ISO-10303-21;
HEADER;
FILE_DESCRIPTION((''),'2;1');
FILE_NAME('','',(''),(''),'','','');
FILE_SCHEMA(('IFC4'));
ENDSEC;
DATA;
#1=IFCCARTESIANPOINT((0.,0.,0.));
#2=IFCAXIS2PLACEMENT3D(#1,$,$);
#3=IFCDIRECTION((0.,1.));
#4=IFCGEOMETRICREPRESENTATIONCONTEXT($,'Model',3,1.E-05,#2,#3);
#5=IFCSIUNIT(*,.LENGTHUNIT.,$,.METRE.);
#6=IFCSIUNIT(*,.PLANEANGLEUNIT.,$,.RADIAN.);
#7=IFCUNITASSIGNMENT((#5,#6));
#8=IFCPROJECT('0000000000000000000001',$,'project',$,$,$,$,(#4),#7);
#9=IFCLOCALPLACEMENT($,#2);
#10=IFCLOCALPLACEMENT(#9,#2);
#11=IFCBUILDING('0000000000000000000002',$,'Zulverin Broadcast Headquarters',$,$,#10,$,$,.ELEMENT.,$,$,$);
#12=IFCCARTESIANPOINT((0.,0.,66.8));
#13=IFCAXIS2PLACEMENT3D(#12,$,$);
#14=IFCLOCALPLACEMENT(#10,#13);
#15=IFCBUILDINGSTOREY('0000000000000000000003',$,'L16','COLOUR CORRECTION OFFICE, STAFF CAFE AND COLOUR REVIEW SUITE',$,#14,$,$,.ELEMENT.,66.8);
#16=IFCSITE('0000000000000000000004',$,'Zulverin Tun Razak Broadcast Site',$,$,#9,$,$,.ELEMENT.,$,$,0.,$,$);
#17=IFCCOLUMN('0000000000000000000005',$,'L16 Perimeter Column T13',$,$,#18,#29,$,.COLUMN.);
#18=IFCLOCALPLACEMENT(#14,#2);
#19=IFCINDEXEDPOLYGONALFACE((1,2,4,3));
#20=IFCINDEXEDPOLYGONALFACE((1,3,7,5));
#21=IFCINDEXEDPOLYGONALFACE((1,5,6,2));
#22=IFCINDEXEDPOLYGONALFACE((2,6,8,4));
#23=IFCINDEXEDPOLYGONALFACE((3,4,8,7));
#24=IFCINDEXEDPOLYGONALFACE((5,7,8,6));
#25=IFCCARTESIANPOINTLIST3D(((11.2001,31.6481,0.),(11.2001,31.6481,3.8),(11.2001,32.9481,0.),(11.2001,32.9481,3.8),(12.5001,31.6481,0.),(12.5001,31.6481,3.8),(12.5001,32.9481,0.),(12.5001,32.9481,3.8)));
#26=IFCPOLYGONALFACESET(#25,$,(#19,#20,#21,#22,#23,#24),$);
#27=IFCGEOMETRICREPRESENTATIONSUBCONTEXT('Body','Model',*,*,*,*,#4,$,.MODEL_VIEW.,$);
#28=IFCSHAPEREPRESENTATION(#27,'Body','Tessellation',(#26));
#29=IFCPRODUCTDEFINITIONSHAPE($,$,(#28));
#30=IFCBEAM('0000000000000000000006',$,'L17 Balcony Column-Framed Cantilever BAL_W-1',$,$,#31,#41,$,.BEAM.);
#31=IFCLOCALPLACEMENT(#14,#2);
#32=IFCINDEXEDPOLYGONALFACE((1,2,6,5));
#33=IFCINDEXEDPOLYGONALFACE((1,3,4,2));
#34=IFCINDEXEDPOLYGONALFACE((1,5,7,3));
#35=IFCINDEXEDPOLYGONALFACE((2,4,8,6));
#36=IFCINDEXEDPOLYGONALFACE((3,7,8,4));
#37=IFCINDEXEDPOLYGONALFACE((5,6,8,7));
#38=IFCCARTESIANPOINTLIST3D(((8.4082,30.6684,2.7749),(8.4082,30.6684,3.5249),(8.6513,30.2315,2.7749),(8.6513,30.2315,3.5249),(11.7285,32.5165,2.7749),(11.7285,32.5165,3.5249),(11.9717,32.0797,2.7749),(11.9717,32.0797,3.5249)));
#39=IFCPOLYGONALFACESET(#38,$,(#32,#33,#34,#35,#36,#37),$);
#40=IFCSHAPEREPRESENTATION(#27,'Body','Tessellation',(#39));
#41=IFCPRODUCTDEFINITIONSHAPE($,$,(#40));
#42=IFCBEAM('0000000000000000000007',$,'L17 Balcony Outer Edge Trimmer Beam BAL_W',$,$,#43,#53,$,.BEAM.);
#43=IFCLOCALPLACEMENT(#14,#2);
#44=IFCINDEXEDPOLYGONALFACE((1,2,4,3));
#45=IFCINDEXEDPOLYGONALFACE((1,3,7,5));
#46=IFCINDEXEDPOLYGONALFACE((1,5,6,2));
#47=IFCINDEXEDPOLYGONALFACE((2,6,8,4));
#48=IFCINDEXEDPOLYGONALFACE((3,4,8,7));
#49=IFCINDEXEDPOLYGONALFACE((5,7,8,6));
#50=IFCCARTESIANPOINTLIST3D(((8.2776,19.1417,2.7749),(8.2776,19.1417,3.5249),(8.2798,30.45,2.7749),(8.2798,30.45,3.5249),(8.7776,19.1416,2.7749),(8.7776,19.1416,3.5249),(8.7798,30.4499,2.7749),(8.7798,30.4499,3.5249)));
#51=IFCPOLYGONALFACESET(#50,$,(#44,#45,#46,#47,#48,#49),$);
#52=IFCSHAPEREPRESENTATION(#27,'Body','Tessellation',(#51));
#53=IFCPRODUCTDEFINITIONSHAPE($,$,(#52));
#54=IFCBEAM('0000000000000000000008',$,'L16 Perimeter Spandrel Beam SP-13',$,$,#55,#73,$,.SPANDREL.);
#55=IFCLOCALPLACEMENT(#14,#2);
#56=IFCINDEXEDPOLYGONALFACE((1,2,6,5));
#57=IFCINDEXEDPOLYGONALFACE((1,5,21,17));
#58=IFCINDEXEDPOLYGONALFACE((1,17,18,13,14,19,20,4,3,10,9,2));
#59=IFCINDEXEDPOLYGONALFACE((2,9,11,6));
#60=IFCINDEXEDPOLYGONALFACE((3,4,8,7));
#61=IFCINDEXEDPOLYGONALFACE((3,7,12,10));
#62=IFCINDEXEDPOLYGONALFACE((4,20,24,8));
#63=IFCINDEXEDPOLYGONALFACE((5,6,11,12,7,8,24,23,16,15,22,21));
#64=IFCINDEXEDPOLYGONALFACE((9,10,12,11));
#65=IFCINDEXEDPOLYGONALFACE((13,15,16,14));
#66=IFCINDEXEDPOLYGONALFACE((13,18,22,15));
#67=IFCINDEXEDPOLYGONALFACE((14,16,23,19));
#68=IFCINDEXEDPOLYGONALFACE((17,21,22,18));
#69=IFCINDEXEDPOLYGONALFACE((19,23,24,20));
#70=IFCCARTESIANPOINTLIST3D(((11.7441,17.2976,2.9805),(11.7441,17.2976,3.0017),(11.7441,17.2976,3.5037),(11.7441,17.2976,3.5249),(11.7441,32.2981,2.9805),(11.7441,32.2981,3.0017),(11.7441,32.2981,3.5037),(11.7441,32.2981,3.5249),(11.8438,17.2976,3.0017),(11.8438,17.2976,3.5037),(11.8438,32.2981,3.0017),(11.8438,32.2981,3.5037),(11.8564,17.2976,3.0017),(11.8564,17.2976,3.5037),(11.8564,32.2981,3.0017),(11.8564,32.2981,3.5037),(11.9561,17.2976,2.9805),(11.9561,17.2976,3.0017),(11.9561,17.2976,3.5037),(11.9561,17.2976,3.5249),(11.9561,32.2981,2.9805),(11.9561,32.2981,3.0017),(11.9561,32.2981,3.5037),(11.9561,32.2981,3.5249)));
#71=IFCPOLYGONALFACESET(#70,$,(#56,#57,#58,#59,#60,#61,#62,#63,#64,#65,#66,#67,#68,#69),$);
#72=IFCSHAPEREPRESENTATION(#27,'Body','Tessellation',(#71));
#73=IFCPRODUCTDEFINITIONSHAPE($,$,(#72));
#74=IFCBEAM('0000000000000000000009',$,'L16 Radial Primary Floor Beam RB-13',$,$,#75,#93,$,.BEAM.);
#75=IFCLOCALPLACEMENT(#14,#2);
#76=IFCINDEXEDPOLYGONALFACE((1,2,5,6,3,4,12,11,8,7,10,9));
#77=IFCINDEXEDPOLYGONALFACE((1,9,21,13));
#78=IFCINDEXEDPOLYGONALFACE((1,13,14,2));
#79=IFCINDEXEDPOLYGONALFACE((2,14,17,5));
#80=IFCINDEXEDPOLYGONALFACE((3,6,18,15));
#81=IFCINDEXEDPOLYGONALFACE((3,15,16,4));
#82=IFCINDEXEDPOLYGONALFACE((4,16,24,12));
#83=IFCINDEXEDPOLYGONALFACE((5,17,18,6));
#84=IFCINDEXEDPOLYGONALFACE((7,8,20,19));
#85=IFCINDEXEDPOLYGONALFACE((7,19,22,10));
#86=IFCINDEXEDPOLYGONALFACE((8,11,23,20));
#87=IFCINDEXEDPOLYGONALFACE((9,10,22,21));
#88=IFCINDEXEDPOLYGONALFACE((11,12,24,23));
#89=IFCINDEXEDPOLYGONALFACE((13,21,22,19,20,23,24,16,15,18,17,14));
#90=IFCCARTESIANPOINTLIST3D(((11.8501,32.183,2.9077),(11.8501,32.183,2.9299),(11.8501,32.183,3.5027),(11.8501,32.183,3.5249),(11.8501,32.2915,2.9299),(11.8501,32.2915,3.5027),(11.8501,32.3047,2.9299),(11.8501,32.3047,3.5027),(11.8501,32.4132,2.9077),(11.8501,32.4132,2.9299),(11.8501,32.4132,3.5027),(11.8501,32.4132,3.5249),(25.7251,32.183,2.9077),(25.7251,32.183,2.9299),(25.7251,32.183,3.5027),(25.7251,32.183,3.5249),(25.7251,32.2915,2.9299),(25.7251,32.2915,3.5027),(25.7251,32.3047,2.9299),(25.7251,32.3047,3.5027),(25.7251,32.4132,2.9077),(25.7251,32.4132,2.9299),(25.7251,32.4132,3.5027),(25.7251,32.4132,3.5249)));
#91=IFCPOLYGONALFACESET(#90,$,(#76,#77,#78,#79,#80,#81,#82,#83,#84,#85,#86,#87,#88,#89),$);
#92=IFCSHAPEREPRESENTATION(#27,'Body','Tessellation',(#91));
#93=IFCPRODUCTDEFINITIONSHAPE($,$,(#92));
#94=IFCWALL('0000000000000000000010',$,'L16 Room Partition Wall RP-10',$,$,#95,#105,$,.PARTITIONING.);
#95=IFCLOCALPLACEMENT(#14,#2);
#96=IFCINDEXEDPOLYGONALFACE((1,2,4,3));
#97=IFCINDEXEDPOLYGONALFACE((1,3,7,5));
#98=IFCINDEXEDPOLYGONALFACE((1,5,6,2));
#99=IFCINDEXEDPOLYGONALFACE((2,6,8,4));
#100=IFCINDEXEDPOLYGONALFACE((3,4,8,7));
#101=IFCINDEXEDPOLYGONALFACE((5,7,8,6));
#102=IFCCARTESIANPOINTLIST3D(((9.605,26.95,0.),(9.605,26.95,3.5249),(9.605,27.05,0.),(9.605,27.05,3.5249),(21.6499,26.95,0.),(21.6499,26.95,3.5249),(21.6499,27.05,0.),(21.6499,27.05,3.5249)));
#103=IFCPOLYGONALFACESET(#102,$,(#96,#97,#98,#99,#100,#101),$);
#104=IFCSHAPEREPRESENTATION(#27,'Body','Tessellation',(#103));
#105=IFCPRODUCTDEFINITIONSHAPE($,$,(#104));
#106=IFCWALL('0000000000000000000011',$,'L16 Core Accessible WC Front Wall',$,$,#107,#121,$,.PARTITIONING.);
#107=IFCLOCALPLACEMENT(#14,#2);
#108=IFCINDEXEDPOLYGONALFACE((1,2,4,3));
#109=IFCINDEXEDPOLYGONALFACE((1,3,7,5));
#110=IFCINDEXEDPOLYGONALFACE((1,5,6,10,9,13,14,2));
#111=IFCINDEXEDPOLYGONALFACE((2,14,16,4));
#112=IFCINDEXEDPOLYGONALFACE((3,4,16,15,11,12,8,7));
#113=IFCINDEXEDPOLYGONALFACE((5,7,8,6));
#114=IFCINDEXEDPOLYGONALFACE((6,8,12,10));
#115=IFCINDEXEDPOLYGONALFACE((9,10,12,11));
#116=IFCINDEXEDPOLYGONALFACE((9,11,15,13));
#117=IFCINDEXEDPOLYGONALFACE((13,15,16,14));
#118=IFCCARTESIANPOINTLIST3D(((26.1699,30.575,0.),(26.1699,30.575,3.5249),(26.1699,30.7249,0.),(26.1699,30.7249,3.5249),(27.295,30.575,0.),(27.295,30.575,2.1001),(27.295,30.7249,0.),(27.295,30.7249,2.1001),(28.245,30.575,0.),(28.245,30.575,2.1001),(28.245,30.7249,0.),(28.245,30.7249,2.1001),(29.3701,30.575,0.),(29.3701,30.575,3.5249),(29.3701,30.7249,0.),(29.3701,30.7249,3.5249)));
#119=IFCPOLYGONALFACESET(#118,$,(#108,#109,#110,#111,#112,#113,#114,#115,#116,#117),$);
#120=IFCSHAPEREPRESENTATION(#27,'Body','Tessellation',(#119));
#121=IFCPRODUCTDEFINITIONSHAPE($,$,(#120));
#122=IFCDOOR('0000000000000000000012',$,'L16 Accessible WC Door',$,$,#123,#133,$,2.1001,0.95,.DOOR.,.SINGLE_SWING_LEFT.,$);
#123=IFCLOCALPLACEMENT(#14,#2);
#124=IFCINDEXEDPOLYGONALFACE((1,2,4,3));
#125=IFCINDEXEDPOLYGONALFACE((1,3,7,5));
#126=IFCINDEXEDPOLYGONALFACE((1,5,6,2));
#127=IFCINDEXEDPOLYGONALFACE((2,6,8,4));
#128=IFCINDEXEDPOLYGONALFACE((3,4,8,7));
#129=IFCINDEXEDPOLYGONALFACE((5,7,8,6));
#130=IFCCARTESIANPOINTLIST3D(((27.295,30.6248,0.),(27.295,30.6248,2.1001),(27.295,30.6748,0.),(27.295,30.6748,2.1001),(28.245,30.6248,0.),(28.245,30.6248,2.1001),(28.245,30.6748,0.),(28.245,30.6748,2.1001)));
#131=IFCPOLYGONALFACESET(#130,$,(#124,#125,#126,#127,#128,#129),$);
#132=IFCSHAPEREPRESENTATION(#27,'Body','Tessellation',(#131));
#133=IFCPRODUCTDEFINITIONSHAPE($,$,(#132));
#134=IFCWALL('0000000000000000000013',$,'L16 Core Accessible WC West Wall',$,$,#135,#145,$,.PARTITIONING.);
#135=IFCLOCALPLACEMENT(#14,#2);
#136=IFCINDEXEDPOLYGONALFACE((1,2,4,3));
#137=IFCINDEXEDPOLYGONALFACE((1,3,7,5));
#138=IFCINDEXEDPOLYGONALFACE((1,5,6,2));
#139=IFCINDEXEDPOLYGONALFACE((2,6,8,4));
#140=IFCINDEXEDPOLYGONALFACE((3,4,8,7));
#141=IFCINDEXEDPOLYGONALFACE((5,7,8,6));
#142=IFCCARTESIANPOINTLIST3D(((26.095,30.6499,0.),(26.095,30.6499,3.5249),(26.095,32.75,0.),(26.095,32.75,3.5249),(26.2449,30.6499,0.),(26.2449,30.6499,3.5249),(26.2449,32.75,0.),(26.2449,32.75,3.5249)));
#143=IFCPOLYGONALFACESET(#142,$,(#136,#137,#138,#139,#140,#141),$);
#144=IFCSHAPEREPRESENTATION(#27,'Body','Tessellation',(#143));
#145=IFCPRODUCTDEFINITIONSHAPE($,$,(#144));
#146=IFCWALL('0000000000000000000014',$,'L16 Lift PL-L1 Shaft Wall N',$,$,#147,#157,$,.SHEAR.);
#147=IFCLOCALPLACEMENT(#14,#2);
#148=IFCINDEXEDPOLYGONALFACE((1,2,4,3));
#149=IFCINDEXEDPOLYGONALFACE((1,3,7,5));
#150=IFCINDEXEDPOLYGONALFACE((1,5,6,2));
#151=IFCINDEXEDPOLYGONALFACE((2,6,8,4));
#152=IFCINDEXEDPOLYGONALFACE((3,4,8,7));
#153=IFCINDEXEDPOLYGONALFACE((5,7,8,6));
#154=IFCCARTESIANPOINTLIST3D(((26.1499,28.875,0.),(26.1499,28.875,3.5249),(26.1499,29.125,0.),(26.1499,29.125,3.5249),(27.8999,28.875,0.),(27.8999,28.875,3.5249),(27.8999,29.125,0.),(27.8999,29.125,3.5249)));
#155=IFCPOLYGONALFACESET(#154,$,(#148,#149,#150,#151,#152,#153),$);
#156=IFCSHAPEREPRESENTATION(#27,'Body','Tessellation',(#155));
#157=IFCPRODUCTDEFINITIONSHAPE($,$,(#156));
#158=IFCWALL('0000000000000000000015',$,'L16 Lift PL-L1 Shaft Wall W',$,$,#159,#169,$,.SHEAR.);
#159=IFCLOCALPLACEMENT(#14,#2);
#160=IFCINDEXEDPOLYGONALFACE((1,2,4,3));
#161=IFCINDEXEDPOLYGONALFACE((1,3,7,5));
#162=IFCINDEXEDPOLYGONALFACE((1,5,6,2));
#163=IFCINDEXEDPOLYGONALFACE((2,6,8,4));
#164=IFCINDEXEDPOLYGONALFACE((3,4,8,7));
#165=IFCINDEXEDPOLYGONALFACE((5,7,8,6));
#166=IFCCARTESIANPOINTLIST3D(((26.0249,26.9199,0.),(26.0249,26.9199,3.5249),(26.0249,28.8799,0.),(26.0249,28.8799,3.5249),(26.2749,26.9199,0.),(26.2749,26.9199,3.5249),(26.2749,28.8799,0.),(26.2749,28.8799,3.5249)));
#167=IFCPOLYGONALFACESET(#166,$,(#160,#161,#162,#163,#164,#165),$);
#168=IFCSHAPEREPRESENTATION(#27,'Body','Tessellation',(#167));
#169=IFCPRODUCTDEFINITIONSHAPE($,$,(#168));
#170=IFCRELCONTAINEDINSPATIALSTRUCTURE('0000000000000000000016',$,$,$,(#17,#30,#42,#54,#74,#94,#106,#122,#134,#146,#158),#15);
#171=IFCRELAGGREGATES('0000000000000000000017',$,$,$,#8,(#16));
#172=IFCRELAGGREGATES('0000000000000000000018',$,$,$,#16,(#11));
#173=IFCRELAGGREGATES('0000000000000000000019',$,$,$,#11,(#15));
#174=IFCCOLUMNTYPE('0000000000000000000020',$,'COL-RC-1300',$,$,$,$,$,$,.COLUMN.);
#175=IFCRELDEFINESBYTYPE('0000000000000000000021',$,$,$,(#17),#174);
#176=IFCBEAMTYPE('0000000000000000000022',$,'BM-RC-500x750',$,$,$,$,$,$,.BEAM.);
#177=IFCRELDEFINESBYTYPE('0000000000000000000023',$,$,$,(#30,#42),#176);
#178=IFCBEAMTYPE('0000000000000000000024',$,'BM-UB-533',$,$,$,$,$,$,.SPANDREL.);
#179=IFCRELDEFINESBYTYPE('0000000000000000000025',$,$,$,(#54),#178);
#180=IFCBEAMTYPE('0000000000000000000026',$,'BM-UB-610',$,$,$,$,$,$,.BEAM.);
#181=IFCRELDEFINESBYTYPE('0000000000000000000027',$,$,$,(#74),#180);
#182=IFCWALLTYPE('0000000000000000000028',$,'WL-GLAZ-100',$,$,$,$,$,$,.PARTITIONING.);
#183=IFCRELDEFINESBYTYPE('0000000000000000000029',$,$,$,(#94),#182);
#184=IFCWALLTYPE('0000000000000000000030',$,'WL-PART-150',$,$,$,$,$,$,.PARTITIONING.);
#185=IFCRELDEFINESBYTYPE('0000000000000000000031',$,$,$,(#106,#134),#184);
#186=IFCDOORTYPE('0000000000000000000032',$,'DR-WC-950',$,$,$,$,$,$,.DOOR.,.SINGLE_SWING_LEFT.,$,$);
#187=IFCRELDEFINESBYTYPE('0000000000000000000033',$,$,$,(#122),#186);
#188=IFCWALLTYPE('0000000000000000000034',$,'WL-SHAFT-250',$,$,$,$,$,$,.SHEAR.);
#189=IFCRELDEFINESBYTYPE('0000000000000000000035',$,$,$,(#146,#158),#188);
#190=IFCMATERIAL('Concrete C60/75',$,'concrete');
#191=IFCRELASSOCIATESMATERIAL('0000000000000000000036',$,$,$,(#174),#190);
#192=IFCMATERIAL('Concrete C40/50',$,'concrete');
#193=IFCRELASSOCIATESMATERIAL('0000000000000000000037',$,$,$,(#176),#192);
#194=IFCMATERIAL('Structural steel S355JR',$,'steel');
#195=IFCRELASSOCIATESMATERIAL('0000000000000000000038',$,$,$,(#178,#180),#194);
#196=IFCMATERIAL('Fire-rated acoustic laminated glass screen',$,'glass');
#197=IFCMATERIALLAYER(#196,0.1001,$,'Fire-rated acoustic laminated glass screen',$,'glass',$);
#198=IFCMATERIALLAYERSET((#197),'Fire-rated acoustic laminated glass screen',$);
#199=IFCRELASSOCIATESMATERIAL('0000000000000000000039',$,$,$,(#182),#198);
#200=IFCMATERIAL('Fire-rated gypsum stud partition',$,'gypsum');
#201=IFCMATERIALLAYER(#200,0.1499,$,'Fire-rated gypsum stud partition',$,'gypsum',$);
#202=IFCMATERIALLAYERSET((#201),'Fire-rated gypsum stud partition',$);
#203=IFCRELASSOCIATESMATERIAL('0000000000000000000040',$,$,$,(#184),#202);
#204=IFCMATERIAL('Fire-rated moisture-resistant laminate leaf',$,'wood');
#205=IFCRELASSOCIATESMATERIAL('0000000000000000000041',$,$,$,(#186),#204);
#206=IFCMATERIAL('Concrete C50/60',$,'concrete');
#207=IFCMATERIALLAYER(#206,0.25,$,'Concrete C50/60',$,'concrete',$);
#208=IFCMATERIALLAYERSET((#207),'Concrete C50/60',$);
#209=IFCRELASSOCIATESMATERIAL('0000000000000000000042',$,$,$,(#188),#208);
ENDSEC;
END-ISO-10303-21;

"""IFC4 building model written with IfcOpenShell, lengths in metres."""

from ifc_helpers import new_model, si_unit, direction, frame, frame_2d, origin, origin_2d, place, context, subcontext, project, spatial, rectangle, i_section, extrude, material, layer, layer_set, material_profile, profile_set, type_object, element, fill, save


model = new_model("IFC4")

# Units and contexts
model_context = context("Model", 3, precision=1e-05, world=origin(), true_north=direction((0.0, 1.0)))
body_context = subcontext(model_context, "Body", "Model", "MODEL_VIEW")
ifc_project = project(units=[si_unit("LENGTHUNIT", "METRE"), si_unit("PLANEANGLEUNIT", "RADIAN")], contexts=[model_context])

# Site, building, storey
site_placement = place(None, origin())
site = spatial("IfcSite", under=ifc_project, at=site_placement, Name="Zulverin Tun Razak Broadcast Site", CompositionType="ELEMENT", RefElevation=0.0)
building_placement = place(site_placement, origin())
building = spatial("IfcBuilding", under=site, at=building_placement, Name="Zulverin Broadcast Headquarters", CompositionType="ELEMENT")
storey_placement = place(building_placement, frame((0.0, 0.0, 66.8)))
storey = spatial("IfcBuildingStorey", under=building, at=storey_placement, Name="L16", Description="COLOUR CORRECTION OFFICE, STAFF CAFE AND COLOUR REVIEW SUITE", CompositionType="ELEMENT", Elevation=66.8)

# Column
ifc_material_1 = material(Name="Concrete C60/75", Category="concrete")
ifc_material_profile_1 = material_profile(ifc_material_1, rectangle(XDim=1.3, YDim=1.3, at=origin_2d()), Name="Concrete C60/75", Category="concrete")
ifc_profile_set_1 = profile_set([ifc_material_profile_1], Name="Concrete C60/75")
column_type = type_object("IfcColumnType", Name="COL-RC-1300", PredefinedType="COLUMN", material=ifc_profile_set_1)
column_placement = place(storey_placement, frame((11.8501, 32.2981, 0.0), z_axis=(0.0, 0.0, 1.0), x_axis=(1.0, 0.0, 0.0)))
element("IfcColumn", 1, at=column_placement, inside=storey, type_object=column_type, Name="L16 Perimeter Column T13", PredefinedType="COLUMN", context=body_context, shape_type="SweptSolid", body=[
    extrude(rectangle(XDim=1.3, YDim=1.3, at=origin_2d()), origin(), (0.0, 0.0, 1.0), 3.8),
])

# Beams
ifc_material_2 = material(Name="Concrete C40/50", Category="concrete")
ifc_material_profile_2 = material_profile(ifc_material_2, rectangle(XDim=0.5, YDim=0.75, at=origin_2d()), Name="Concrete C40/50", Category="concrete")
ifc_profile_set_2 = profile_set([ifc_material_profile_2], Name="Concrete C40/50")
beam_type_1 = type_object("IfcBeamType", Name="BM-RC-500x750", PredefinedType="BEAM", material=ifc_profile_set_2)
beam_1_placement = place(storey_placement, frame((11.8501, 32.2981, 3.1499), z_axis=(-0.873763, -0.486352, 0.0), x_axis=(0.486352, -0.873763, 0.0)))
element("IfcBeam", 2, at=beam_1_placement, inside=storey, type_object=beam_type_1, Name="L17 Balcony Column-Framed Cantilever BAL_W-1", PredefinedType="BEAM", context=body_context, shape_type="SweptSolid", body=[
    extrude(rectangle(XDim=0.5, YDim=0.75, at=origin_2d()), origin(), (0.0, 0.0, 1.0), 3.8),
])
beam_2_placement = place(storey_placement, frame((8.5298, 30.45, 3.1499), z_axis=(-0.000194, -1.0, 0.0), x_axis=(1.0, -0.000194, 0.0)))
element("IfcBeam", 3, at=beam_2_placement, inside=storey, type_object=beam_type_1, Name="L17 Balcony Outer Edge Trimmer Beam BAL_W", PredefinedType="BEAM", context=body_context, shape_type="SweptSolid", body=[
    extrude(rectangle(XDim=0.5, YDim=0.75, at=origin_2d()), origin(), (0.0, 0.0, 1.0), 11.3083),
])
ifc_material_3 = material(Name="Structural steel S355JR", Category="steel")
ifc_material_profile_3 = material_profile(ifc_material_3, i_section(OverallWidth=0.2119, OverallDepth=0.5444, WebThickness=0.0127, FlangeThickness=0.0212, at=origin_2d()), Name="Structural steel S355JR", Category="steel")
ifc_profile_set_3 = profile_set([ifc_material_profile_3], Name="Structural steel S355JR")
beam_type_2 = type_object("IfcBeamType", Name="BM-UB-533", PredefinedType="SPANDREL", material=ifc_profile_set_3)
beam_3_placement = place(storey_placement, frame((11.8501, 32.2981, 3.2527), z_axis=(0.0, -1.0, 0.0), x_axis=(1.0, 0.0, 0.0)))
element("IfcBeam", 4, at=beam_3_placement, inside=storey, type_object=beam_type_2, Name="L16 Perimeter Spandrel Beam SP-13", PredefinedType="SPANDREL", context=body_context, shape_type="SweptSolid", body=[
    extrude(i_section(OverallWidth=0.2119, OverallDepth=0.5444, WebThickness=0.0127, FlangeThickness=0.0212, at=origin_2d()), origin(), (0.0, 0.0, 1.0), 15.0005),
])
ifc_material_profile_4 = material_profile(ifc_material_3, i_section(OverallWidth=0.2302, OverallDepth=0.6172, WebThickness=0.0132, FlangeThickness=0.0222, at=origin_2d()), Name="Structural steel S355JR", Category="steel")
ifc_profile_set_4 = profile_set([ifc_material_profile_4], Name="Structural steel S355JR")
beam_type_3 = type_object("IfcBeamType", Name="BM-UB-610", PredefinedType="BEAM", material=ifc_profile_set_4)
beam_4_placement = place(storey_placement, frame((25.7251, 32.2981, 3.2163), z_axis=(-1.0, 0.0, 0.0), x_axis=(0.0, -1.0, 0.0)))
element("IfcBeam", 5, at=beam_4_placement, inside=storey, type_object=beam_type_3, Name="L16 Radial Primary Floor Beam RB-13", PredefinedType="BEAM", context=body_context, shape_type="SweptSolid", body=[
    extrude(i_section(OverallWidth=0.2302, OverallDepth=0.6172, WebThickness=0.0132, FlangeThickness=0.0222, at=origin_2d()), origin(), (0.0, 0.0, 1.0), 13.875),
])

# Wall
ifc_material_4 = material(Name="Fire-rated acoustic laminated glass screen", Category="glass")
ifc_layer_1 = layer(ifc_material_4, 0.1001, Name="Fire-rated acoustic laminated glass screen", Category="glass")
ifc_layer_set_1 = layer_set([ifc_layer_1], Name="Fire-rated acoustic laminated glass screen")
wall_type_1 = type_object("IfcWallType", Name="WL-GLAZ-100", PredefinedType="PARTITIONING", material=ifc_layer_set_1)
wall_1_placement = place(storey_placement, frame((9.605, 27.0, 0.0), z_axis=(0.0, 0.0, 1.0), x_axis=(1.0, 0.0, 0.0)))
element("IfcWall", 6, at=wall_1_placement, inside=storey, type_object=wall_type_1, Name="L16 Room Partition Wall RP-10", PredefinedType="PARTITIONING", context=body_context, shape_type="SweptSolid", body=[
    extrude(rectangle(XDim=12.0449, YDim=0.1001, at=frame_2d((6.0225, 0.0))), origin(), (0.0, 0.0, 1.0), 3.5249),
])

# Wall, opening, door
ifc_material_5 = material(Name="Fire-rated gypsum stud partition", Category="gypsum")
ifc_layer_2 = layer(ifc_material_5, 0.1499, Name="Fire-rated gypsum stud partition", Category="gypsum")
ifc_layer_set_2 = layer_set([ifc_layer_2], Name="Fire-rated gypsum stud partition")
wall_type_2 = type_object("IfcWallType", Name="WL-PART-150", PredefinedType="PARTITIONING", material=ifc_layer_set_2)
wall_2_placement = place(storey_placement, frame((26.1699, 30.6499, 0.0), z_axis=(0.0, 0.0, 1.0), x_axis=(1.0, 0.0, 0.0)))
wall_2 = element("IfcWall", 7, at=wall_2_placement, inside=storey, type_object=wall_type_2, Name="L16 Core Accessible WC Front Wall", PredefinedType="PARTITIONING", context=body_context, shape_type="SweptSolid", body=[
    extrude(rectangle(XDim=3.2002, YDim=0.1499, at=frame_2d((1.6001, 0.0))), origin(), (0.0, 0.0, 1.0), 3.5249),
])
opening_1_placement = place(wall_2_placement, frame((1.125, 0.0, 0.0)))
opening_1 = element("IfcOpeningElement", 8, at=opening_1_placement, cuts=wall_2, PredefinedType="OPENING", context=body_context, shape_type="SweptSolid", body=[
    extrude(rectangle(XDim=0.95, YDim=2.1001, at=frame_2d((0.4751, 1.05))), frame((0.0, 0.085, 0.0), z_axis=(0.0, -1.0, 0.0), x_axis=(1.0, 0.0, 0.0)), (0.0, 0.0, 1.0), 0.1699),
])
ifc_material_6 = material(Name="Fire-rated moisture-resistant laminate leaf", Category="wood")
door_type_1 = type_object("IfcDoorType", Name="DR-WC-950", OperationType="SINGLE_SWING_LEFT", PredefinedType="DOOR", material=ifc_material_6)
door_1_placement = place(opening_1_placement, origin())
door_1 = element("IfcDoor", 9, at=door_1_placement, inside=storey, type_object=door_type_1, Name="L16 Accessible WC Door", OperationType="SINGLE_SWING_LEFT", OverallHeight=2.1001, OverallWidth=0.95, PredefinedType="DOOR", context=body_context, shape_type="SweptSolid", body=[
    extrude(rectangle(XDim=0.95, YDim=2.1001, at=frame_2d((0.4751, 1.05))), frame((0.0, 0.0249, 0.0), z_axis=(0.0, -1.0, 0.0), x_axis=(1.0, 0.0, 0.0)), (0.0, 0.0, 1.0), 0.05),
])
fill(opening_1, door_1)

# Wall
wall_3_placement = place(storey_placement, frame((26.1699, 30.6499, 0.0), z_axis=(0.0, 0.0, 1.0), x_axis=(0.0, 1.0, 0.0)))
element("IfcWall", 10, at=wall_3_placement, inside=storey, type_object=wall_type_2, Name="L16 Core Accessible WC West Wall", PredefinedType="PARTITIONING", context=body_context, shape_type="SweptSolid", body=[
    extrude(rectangle(XDim=2.1001, YDim=0.1499, at=frame_2d((1.05, 0.0))), origin(), (0.0, 0.0, 1.0), 3.5249),
])

# Shared definitions
ifc_material_7 = material(Name="Concrete C50/60", Category="concrete")
ifc_layer_3 = layer(ifc_material_7, 0.25, Name="Concrete C50/60", Category="concrete")
ifc_layer_set_3 = layer_set([ifc_layer_3], Name="Concrete C50/60")
wall_type_3 = type_object("IfcWallType", Name="WL-SHAFT-250", PredefinedType="SHEAR", material=ifc_layer_set_3)

# Walls
wall_4_placement = place(storey_placement, frame((26.1499, 29.0, 0.0), z_axis=(0.0, 0.0, 1.0), x_axis=(1.0, 0.0, 0.0)))
element("IfcWall", 11, at=wall_4_placement, inside=storey, type_object=wall_type_3, Name="L16 Lift PL-L1 Shaft Wall N", PredefinedType="SHEAR", context=body_context, shape_type="SweptSolid", body=[
    extrude(rectangle(XDim=1.75, YDim=0.25, at=frame_2d((0.875, 0.0))), origin(), (0.0, 0.0, 1.0), 3.5249),
])
wall_5_placement = place(storey_placement, frame((26.1499, 26.9199, 0.0), z_axis=(0.0, 0.0, 1.0), x_axis=(0.0, 1.0, 0.0)))
element("IfcWall", 12, at=wall_5_placement, inside=storey, type_object=wall_type_3, Name="L16 Lift PL-L1 Shaft Wall W", PredefinedType="SHEAR", context=body_context, shape_type="SweptSolid", body=[
    extrude(rectangle(XDim=1.96, YDim=0.25, at=frame_2d((0.98, 0.0))), origin(), (0.0, 0.0, 1.0), 3.5249),
])

save(model, "model.ifc")
